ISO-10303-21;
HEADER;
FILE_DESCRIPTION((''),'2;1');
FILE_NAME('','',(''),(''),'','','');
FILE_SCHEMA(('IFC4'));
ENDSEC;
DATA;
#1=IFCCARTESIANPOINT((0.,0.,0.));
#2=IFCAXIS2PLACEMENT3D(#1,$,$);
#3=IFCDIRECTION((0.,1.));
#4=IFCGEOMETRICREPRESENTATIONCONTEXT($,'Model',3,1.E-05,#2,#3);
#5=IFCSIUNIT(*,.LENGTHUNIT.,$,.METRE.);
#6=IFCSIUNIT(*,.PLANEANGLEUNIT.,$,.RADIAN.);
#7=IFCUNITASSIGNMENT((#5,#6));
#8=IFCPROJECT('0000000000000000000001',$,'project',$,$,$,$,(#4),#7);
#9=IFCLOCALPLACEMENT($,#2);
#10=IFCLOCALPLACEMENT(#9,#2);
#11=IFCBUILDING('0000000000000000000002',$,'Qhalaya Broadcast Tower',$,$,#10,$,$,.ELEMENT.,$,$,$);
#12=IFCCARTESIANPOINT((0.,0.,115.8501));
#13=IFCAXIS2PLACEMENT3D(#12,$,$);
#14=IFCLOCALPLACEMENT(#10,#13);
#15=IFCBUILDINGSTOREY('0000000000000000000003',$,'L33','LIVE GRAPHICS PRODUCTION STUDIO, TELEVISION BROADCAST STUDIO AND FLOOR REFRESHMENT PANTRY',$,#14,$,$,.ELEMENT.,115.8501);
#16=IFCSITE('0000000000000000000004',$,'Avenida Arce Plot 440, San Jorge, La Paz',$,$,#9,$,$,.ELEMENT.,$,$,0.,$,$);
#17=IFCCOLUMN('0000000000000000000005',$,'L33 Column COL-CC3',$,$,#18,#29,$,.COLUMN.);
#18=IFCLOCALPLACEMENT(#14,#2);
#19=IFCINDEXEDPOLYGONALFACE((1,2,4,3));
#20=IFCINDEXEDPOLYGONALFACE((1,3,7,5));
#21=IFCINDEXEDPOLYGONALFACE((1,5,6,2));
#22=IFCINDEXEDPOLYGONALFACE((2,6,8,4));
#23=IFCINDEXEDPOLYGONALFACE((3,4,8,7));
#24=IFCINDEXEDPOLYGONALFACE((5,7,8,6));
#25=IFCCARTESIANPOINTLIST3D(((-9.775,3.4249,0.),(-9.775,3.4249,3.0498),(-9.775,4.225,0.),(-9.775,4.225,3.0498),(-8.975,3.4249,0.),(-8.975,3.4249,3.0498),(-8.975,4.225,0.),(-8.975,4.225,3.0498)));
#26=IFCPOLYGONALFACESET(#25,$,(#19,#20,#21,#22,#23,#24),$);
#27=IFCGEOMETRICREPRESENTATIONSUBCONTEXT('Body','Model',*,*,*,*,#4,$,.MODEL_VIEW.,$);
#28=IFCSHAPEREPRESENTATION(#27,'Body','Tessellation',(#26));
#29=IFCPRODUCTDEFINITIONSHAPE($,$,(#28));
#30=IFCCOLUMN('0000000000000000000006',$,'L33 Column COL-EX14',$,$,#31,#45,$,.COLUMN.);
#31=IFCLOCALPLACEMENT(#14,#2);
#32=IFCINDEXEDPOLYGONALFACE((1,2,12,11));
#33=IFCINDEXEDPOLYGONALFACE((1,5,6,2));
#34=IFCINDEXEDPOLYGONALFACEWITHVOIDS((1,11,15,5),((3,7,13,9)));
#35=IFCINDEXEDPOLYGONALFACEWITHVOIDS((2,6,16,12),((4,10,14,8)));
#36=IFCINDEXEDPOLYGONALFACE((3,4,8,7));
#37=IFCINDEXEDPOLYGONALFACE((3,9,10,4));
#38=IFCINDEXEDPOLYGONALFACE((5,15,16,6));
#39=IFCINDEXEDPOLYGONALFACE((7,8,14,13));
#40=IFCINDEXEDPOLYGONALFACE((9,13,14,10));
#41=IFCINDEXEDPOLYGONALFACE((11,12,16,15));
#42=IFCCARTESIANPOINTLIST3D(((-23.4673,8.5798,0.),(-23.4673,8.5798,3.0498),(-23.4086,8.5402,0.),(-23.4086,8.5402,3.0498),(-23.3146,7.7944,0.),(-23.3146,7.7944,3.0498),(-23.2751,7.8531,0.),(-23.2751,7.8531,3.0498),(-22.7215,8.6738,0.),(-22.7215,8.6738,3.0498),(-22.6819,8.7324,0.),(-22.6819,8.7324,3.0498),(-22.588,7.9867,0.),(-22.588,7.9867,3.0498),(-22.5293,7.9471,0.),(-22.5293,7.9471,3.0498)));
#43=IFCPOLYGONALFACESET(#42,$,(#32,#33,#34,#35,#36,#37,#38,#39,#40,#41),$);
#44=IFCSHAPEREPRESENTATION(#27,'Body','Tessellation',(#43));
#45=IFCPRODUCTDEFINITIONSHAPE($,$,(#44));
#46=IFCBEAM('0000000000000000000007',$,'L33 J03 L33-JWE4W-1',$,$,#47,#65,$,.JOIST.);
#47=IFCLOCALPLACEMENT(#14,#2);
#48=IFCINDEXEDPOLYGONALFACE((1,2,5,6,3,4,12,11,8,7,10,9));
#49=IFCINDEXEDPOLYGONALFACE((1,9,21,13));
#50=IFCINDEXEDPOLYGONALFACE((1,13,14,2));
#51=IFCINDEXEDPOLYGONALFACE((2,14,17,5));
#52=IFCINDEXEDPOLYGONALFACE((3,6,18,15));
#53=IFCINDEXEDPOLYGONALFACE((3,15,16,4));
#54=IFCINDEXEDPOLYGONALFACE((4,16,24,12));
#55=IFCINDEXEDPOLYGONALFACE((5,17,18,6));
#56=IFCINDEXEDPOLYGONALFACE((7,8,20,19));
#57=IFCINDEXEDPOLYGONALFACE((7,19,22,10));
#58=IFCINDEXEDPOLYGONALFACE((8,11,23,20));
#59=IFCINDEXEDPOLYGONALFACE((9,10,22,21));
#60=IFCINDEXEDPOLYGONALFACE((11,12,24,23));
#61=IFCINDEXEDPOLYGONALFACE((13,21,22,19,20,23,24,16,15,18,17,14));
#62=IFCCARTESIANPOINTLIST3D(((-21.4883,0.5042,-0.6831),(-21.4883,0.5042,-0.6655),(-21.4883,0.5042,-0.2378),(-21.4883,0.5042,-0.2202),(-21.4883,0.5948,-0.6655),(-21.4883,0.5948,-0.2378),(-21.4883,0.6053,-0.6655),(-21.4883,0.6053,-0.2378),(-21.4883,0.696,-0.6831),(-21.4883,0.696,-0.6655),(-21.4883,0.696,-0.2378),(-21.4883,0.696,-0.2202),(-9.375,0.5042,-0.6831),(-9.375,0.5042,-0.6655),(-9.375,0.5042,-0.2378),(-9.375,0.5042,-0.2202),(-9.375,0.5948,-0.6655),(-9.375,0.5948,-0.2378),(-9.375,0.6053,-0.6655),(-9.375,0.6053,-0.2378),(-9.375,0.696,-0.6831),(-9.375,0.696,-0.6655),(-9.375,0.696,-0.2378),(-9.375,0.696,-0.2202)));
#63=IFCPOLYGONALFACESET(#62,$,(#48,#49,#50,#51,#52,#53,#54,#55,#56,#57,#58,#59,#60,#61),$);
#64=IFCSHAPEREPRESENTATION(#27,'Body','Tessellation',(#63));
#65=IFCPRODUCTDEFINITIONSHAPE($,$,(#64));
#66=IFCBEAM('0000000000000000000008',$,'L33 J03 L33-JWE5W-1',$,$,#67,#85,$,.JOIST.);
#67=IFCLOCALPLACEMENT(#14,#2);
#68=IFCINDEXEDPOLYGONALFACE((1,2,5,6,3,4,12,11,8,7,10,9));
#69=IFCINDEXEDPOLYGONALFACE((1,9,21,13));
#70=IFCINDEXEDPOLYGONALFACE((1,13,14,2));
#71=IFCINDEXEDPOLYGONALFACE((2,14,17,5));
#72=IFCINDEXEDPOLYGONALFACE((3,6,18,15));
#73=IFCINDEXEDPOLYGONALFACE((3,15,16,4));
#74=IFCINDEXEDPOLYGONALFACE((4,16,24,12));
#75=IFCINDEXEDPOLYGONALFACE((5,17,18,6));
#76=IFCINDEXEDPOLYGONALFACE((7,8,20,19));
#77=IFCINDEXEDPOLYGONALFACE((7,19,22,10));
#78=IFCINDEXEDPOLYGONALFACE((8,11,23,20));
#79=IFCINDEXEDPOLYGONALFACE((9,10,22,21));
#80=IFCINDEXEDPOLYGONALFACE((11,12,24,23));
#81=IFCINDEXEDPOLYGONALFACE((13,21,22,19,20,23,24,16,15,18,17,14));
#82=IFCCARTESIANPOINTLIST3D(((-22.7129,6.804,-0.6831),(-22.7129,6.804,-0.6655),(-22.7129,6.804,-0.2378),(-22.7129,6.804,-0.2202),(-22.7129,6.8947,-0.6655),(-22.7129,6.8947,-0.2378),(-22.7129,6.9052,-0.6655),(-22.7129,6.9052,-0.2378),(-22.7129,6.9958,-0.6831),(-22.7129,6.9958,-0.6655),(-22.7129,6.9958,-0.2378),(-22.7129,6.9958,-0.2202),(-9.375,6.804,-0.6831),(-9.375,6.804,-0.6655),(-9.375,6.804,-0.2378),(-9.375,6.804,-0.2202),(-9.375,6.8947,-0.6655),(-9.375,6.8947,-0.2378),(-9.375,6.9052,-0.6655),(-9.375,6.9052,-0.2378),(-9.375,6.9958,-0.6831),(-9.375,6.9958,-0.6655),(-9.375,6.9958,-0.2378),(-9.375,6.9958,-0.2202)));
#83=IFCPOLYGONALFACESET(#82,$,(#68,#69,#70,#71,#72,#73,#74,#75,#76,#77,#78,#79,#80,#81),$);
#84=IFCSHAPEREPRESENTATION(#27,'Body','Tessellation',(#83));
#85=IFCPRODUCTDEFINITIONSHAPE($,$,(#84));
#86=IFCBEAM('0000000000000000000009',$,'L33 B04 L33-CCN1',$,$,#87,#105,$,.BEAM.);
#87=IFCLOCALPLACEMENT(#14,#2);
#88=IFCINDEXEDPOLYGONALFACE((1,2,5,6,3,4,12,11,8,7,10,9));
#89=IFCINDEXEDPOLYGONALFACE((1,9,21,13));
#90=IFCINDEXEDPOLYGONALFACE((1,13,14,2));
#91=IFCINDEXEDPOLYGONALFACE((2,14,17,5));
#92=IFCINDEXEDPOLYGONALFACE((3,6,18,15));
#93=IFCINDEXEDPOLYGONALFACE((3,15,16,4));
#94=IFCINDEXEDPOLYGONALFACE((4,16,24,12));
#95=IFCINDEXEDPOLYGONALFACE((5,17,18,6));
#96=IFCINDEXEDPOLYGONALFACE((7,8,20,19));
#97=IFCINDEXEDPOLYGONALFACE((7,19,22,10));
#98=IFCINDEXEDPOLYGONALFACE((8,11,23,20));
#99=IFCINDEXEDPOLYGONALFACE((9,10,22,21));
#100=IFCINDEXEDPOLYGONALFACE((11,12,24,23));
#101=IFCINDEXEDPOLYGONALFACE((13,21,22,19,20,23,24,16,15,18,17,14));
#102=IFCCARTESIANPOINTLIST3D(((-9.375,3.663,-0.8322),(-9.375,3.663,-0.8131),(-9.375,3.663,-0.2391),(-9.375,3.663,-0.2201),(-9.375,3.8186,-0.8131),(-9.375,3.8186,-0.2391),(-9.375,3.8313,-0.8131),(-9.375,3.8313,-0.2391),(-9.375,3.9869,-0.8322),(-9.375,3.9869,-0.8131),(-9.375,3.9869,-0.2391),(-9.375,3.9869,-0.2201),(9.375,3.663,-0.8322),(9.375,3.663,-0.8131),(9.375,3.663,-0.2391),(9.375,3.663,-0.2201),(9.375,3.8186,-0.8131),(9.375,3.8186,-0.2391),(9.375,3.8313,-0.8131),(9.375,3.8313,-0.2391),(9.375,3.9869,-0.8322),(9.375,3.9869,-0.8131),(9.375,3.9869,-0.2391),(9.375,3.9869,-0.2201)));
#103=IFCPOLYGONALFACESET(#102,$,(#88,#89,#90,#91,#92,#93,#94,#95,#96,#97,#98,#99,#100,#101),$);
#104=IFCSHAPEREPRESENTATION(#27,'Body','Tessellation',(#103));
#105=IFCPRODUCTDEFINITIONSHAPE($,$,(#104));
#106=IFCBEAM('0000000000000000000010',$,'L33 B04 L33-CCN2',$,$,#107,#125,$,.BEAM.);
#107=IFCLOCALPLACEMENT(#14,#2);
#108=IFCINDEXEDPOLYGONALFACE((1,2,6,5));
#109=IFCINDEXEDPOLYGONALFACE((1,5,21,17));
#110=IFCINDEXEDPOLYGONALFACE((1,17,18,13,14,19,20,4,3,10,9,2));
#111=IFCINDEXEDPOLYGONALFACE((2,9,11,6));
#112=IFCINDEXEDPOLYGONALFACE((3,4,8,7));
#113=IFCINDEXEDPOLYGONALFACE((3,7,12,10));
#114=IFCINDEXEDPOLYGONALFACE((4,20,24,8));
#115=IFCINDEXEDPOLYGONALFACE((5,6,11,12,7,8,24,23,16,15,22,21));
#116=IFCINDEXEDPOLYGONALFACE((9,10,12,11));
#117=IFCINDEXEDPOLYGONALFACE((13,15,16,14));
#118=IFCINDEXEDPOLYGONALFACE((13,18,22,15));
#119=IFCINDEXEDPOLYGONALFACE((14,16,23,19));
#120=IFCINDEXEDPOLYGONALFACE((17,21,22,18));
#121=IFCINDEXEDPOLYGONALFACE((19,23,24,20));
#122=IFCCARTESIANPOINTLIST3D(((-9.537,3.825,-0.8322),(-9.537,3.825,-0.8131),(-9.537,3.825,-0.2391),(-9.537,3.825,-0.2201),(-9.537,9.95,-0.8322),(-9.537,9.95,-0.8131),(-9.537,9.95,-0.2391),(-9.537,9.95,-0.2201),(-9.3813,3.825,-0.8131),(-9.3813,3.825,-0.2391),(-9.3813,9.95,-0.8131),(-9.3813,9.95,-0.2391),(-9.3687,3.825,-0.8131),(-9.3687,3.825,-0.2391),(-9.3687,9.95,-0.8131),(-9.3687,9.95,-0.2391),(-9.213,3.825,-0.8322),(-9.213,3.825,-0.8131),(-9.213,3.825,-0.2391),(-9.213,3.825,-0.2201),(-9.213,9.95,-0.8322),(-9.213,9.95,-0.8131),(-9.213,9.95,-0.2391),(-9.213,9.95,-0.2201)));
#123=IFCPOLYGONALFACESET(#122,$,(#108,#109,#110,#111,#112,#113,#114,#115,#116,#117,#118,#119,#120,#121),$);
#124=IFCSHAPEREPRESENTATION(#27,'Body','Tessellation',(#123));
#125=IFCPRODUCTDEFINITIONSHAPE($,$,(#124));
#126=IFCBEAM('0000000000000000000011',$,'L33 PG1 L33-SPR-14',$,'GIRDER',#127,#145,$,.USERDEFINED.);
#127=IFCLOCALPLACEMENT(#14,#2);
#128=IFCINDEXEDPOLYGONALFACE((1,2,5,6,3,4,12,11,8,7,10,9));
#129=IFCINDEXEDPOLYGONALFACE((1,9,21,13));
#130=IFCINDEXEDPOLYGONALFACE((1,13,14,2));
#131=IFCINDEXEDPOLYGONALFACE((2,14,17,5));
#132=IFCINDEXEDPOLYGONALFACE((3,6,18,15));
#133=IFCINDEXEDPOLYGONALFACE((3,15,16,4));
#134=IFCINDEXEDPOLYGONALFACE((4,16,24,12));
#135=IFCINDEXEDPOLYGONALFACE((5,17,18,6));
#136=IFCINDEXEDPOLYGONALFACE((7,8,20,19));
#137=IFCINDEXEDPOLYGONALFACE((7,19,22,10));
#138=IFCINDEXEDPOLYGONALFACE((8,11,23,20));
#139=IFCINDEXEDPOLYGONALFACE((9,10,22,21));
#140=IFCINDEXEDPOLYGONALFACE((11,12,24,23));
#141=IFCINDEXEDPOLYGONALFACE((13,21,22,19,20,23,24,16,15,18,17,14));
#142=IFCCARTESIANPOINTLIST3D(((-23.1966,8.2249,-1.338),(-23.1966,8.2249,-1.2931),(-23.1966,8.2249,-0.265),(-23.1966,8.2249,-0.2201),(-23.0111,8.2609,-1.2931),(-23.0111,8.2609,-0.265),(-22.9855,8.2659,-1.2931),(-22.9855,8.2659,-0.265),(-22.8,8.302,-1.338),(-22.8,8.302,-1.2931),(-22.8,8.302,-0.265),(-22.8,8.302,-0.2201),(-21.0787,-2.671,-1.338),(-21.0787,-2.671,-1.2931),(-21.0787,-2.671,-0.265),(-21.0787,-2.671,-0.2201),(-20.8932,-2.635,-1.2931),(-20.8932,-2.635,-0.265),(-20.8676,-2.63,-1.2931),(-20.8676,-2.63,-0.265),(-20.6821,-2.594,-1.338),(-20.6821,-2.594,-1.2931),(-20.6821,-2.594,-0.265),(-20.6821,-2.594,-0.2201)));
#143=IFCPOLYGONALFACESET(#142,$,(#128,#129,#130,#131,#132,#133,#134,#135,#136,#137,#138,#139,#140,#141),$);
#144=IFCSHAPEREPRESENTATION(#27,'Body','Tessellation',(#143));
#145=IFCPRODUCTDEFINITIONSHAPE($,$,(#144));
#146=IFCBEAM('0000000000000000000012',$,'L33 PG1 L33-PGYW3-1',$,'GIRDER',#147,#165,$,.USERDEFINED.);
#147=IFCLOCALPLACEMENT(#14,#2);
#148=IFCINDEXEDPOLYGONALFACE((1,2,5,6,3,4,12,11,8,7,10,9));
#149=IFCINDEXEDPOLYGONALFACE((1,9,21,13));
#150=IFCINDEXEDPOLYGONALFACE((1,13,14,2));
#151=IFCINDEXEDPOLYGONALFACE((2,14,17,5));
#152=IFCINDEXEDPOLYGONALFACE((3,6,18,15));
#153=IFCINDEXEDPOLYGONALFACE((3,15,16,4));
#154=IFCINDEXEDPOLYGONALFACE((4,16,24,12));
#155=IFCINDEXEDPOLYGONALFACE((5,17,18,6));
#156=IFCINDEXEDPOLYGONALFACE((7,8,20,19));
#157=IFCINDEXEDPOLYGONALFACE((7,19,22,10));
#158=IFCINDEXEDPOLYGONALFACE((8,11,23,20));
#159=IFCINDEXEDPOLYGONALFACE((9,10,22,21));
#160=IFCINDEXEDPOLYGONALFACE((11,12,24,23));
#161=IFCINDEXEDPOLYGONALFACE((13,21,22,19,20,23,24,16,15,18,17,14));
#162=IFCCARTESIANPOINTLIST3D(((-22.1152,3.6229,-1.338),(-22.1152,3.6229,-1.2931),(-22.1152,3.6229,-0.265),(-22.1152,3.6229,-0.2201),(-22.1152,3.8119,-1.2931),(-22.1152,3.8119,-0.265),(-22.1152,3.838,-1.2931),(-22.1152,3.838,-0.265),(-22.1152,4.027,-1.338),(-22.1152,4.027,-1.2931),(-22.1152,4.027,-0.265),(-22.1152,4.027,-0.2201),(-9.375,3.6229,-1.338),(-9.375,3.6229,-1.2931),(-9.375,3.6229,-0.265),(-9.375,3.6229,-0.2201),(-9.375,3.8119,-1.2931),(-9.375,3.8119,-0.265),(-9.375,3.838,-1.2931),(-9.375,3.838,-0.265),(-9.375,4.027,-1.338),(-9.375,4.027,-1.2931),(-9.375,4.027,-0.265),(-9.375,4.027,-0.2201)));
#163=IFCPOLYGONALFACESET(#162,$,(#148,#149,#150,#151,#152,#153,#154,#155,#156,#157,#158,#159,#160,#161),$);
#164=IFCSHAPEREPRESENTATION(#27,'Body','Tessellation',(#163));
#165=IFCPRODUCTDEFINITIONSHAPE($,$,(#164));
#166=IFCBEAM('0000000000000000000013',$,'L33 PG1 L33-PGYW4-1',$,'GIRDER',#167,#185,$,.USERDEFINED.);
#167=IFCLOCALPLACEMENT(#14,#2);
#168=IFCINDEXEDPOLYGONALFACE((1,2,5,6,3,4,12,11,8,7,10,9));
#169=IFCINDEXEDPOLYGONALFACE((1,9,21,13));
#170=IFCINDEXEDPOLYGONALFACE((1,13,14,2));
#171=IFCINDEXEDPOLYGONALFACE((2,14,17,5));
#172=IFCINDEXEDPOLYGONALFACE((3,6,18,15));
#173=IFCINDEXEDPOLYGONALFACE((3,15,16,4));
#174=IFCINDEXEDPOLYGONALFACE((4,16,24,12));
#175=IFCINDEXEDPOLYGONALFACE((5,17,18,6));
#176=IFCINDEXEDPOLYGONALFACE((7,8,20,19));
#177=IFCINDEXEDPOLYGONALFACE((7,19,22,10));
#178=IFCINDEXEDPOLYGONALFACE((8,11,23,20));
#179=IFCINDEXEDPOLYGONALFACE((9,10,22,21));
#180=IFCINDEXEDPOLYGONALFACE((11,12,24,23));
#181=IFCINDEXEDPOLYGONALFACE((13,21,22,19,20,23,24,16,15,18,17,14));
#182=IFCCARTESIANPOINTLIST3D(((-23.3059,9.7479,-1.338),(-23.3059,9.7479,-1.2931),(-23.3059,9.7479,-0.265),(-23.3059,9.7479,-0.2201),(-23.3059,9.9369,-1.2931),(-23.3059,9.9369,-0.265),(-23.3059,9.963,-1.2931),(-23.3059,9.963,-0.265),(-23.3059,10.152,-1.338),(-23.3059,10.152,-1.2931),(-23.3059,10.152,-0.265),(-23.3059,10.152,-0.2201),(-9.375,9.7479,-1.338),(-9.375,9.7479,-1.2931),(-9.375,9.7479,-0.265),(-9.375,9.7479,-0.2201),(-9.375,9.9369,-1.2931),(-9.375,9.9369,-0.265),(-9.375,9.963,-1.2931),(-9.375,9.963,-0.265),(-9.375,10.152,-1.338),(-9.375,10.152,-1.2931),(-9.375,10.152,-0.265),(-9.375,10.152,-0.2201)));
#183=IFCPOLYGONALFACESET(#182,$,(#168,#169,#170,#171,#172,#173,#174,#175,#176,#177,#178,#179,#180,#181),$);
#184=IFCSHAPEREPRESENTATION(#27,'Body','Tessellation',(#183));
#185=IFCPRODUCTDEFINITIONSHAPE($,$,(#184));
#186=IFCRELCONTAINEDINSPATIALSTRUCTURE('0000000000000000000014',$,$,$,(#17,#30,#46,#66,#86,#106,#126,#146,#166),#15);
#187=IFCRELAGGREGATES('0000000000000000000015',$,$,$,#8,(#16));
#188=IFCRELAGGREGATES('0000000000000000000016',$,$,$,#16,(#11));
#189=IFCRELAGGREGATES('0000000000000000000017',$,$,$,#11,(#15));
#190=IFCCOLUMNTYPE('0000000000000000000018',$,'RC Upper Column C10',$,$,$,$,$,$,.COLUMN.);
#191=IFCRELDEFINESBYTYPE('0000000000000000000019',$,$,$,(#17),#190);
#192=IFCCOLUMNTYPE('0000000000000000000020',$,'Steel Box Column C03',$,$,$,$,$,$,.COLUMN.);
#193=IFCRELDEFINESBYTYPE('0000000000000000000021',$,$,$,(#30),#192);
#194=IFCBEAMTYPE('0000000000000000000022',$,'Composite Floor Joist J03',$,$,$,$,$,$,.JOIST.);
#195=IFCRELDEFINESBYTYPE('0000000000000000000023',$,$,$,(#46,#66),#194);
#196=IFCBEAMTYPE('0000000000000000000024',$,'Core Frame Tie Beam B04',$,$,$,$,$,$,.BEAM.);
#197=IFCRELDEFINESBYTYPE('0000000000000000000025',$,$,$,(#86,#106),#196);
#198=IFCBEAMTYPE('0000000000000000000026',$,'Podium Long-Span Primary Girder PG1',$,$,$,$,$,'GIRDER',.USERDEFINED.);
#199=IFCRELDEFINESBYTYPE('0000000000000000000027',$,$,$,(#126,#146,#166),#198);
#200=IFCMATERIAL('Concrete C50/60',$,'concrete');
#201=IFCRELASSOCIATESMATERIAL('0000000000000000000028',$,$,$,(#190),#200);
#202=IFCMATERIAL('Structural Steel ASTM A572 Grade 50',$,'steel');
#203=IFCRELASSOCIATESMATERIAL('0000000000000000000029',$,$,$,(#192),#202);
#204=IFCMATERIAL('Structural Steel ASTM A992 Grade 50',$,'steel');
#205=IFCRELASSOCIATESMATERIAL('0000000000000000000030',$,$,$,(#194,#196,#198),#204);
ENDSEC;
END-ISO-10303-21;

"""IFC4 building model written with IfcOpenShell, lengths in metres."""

from ifc_helpers import new_model, si_unit, direction, frame, origin, origin_2d, place, context, subcontext, project, spatial, rectangle, hollow_rectangle, i_section, extrude, material, material_profile, profile_set, type_object, element, save


model = new_model("IFC4")

# Units and contexts
model_context = context("Model", 3, precision=1e-05, world=origin(), true_north=direction((0.0, 1.0)))
body_context = subcontext(model_context, "Body", "Model", "MODEL_VIEW")
ifc_project = project(units=[si_unit("LENGTHUNIT", "METRE"), si_unit("PLANEANGLEUNIT", "RADIAN")], contexts=[model_context])

# Site, building, storey
site_placement = place(None, origin())
site = spatial("IfcSite", under=ifc_project, at=site_placement, Name="Avenida Arce Plot 440, San Jorge, La Paz", CompositionType="ELEMENT", RefElevation=0.0)
building_placement = place(site_placement, origin())
building = spatial("IfcBuilding", under=site, at=building_placement, Name="Qhalaya Broadcast Tower", CompositionType="ELEMENT")
storey_placement = place(building_placement, frame((0.0, 0.0, 115.8501)))
storey = spatial("IfcBuildingStorey", under=building, at=storey_placement, Name="L33", Description="LIVE GRAPHICS PRODUCTION STUDIO, TELEVISION BROADCAST STUDIO AND FLOOR REFRESHMENT PANTRY", CompositionType="ELEMENT", Elevation=115.8501)

# Columns
ifc_material_1 = material(Name="Concrete C50/60", Category="concrete")
ifc_material_profile_1 = material_profile(ifc_material_1, rectangle(XDim=0.8, YDim=0.8, at=origin_2d()), Name="RC-COL 800x800")
ifc_profile_set_1 = profile_set([ifc_material_profile_1], Name="Concrete C50/60")
column_type_1 = type_object("IfcColumnType", Name="RC Upper Column C10", PredefinedType="COLUMN", material=ifc_profile_set_1)
column_1_placement = place(storey_placement, frame((-9.375, 3.825, 0.0), z_axis=(0.0, 0.0, 1.0), x_axis=(1.0, 0.0, 0.0)))
element("IfcColumn", 1, at=column_1_placement, inside=storey, type_object=column_type_1, Name="L33 Column COL-CC3", PredefinedType="COLUMN", context=body_context, shape_type="SweptSolid", body=[
    extrude(rectangle(XDim=0.8, YDim=0.8, at=origin_2d()), origin(), (0.0, 0.0, 1.0), 3.0498),
])
ifc_material_2 = material(Name="Structural Steel ASTM A572 Grade 50", Category="steel")
ifc_material_profile_2 = material_profile(ifc_material_2, hollow_rectangle(XDim=0.8, YDim=0.8, WallThickness=0.05, at=origin_2d()), Name="BOX 800x800x50")
ifc_profile_set_2 = profile_set([ifc_material_profile_2], Name="Structural Steel ASTM A572 Grade 50")
column_type_2 = type_object("IfcColumnType", Name="Steel Box Column C03", PredefinedType="COLUMN", material=ifc_profile_set_2)
column_2_placement = place(storey_placement, frame((-22.9983, 8.2634, 0.0), z_axis=(0.0, 0.0, 1.0), x_axis=(-0.190809, 0.981627, 0.0)))
element("IfcColumn", 2, at=column_2_placement, inside=storey, type_object=column_type_2, Name="L33 Column COL-EX14", PredefinedType="COLUMN", context=body_context, shape_type="SweptSolid", body=[
    extrude(hollow_rectangle(XDim=0.8, YDim=0.8, WallThickness=0.05, at=origin_2d()), origin(), (0.0, 0.0, 1.0), 3.0498),
])

# Beams
ifc_material_3 = material(Name="Structural Steel ASTM A992 Grade 50", Category="steel")
ifc_material_profile_3 = material_profile(ifc_material_3, i_section(OverallWidth=0.1919, OverallDepth=0.4629, WebThickness=0.0105, FlangeThickness=0.0176, at=origin_2d()), Name="W18X60")
ifc_profile_set_3 = profile_set([ifc_material_profile_3], Name="Structural Steel ASTM A992 Grade 50")
beam_type_1 = type_object("IfcBeamType", Name="Composite Floor Joist J03", PredefinedType="JOIST", material=ifc_profile_set_3)
beam_1_placement = place(storey_placement, frame((-21.4883, 0.6001, -0.4517), z_axis=(1.0, 0.0, 0.0), x_axis=(0.0, 1.0, 0.0)))
element("IfcBeam", 3, at=beam_1_placement, inside=storey, type_object=beam_type_1, Name="L33 J03 L33-JWE4W-1", PredefinedType="JOIST", context=body_context, shape_type="SweptSolid", body=[
    extrude(i_section(OverallWidth=0.1919, OverallDepth=0.4629, WebThickness=0.0105, FlangeThickness=0.0176, at=origin_2d()), origin(), (0.0, 0.0, 1.0), 12.1133),
])
beam_2_placement = place(storey_placement, frame((-22.7129, 6.8999, -0.4517), z_axis=(1.0, 0.0, 0.0), x_axis=(0.0, 1.0, 0.0)))
element("IfcBeam", 4, at=beam_2_placement, inside=storey, type_object=beam_type_1, Name="L33 J03 L33-JWE5W-1", PredefinedType="JOIST", context=body_context, shape_type="SweptSolid", body=[
    extrude(i_section(OverallWidth=0.1919, OverallDepth=0.4629, WebThickness=0.0105, FlangeThickness=0.0176, at=origin_2d()), origin(), (0.0, 0.0, 1.0), 13.3379),
])
ifc_material_profile_4 = material_profile(ifc_material_3, i_section(OverallWidth=0.324, OverallDepth=0.6121, WebThickness=0.0127, FlangeThickness=0.019, at=origin_2d()), Name="W24X104")
ifc_profile_set_4 = profile_set([ifc_material_profile_4], Name="Structural Steel ASTM A992 Grade 50")
beam_type_2 = type_object("IfcBeamType", Name="Core Frame Tie Beam B04", PredefinedType="BEAM", material=ifc_profile_set_4)
beam_3_placement = place(storey_placement, frame((-9.375, 3.825, -0.5261), z_axis=(1.0, 0.0, 0.0), x_axis=(0.0, 1.0, 0.0)))
element("IfcBeam", 5, at=beam_3_placement, inside=storey, type_object=beam_type_2, Name="L33 B04 L33-CCN1", PredefinedType="BEAM", context=body_context, shape_type="SweptSolid", body=[
    extrude(i_section(OverallWidth=0.324, OverallDepth=0.6121, WebThickness=0.0127, FlangeThickness=0.019, at=origin_2d()), origin(), (0.0, 0.0, 1.0), 18.75),
])
beam_4_placement = place(storey_placement, frame((-9.375, 3.825, -0.5261), z_axis=(0.0, 1.0, 0.0), x_axis=(-1.0, 0.0, 0.0)))
element("IfcBeam", 6, at=beam_4_placement, inside=storey, type_object=beam_type_2, Name="L33 B04 L33-CCN2", PredefinedType="BEAM", context=body_context, shape_type="SweptSolid", body=[
    extrude(i_section(OverallWidth=0.324, OverallDepth=0.6121, WebThickness=0.0127, FlangeThickness=0.019, at=origin_2d()), origin(), (0.0, 0.0, 1.0), 6.125),
])
ifc_material_profile_5 = material_profile(ifc_material_3, i_section(OverallWidth=0.4041, OverallDepth=1.1179, WebThickness=0.0261, FlangeThickness=0.0449, at=origin_2d()), Name="W44X335")
ifc_profile_set_5 = profile_set([ifc_material_profile_5], Name="Structural Steel ASTM A992 Grade 50")
beam_type_3 = type_object("IfcBeamType", Name="Podium Long-Span Primary Girder PG1", ElementType="GIRDER", PredefinedType="USERDEFINED", material=ifc_profile_set_5)
beam_5_placement = place(storey_placement, frame((-22.9983, 8.2634, -0.7791), z_axis=(0.190805, -0.981628, 0.0), x_axis=(0.981628, 0.190805, 0.0)))
element("IfcBeam", 7, at=beam_5_placement, inside=storey, type_object=beam_type_3, Name="L33 PG1 L33-SPR-14", ObjectType="GIRDER", PredefinedType="USERDEFINED", context=body_context, shape_type="SweptSolid", body=[
    extrude(i_section(OverallWidth=0.4041, OverallDepth=1.1179, WebThickness=0.0261, FlangeThickness=0.0449, at=origin_2d()), origin(), (0.0, 0.0, 1.0), 11.0999),
])
beam_6_placement = place(storey_placement, frame((-22.1152, 3.825, -0.7791), z_axis=(1.0, 0.0, 0.0), x_axis=(0.0, 1.0, 0.0)))
element("IfcBeam", 8, at=beam_6_placement, inside=storey, type_object=beam_type_3, Name="L33 PG1 L33-PGYW3-1", ObjectType="GIRDER", PredefinedType="USERDEFINED", context=body_context, shape_type="SweptSolid", body=[
    extrude(i_section(OverallWidth=0.4041, OverallDepth=1.1179, WebThickness=0.0261, FlangeThickness=0.0449, at=origin_2d()), origin(), (0.0, 0.0, 1.0), 12.7402),
])
beam_7_placement = place(storey_placement, frame((-23.3059, 9.95, -0.7791), z_axis=(1.0, 0.0, 0.0), x_axis=(0.0, 1.0, 0.0)))
element("IfcBeam", 9, at=beam_7_placement, inside=storey, type_object=beam_type_3, Name="L33 PG1 L33-PGYW4-1", ObjectType="GIRDER", PredefinedType="USERDEFINED", context=body_context, shape_type="SweptSolid", body=[
    extrude(i_section(OverallWidth=0.4041, OverallDepth=1.1179, WebThickness=0.0261, FlangeThickness=0.0449, at=origin_2d()), origin(), (0.0, 0.0, 1.0), 13.9309),
])

save(model, "model.ifc")
